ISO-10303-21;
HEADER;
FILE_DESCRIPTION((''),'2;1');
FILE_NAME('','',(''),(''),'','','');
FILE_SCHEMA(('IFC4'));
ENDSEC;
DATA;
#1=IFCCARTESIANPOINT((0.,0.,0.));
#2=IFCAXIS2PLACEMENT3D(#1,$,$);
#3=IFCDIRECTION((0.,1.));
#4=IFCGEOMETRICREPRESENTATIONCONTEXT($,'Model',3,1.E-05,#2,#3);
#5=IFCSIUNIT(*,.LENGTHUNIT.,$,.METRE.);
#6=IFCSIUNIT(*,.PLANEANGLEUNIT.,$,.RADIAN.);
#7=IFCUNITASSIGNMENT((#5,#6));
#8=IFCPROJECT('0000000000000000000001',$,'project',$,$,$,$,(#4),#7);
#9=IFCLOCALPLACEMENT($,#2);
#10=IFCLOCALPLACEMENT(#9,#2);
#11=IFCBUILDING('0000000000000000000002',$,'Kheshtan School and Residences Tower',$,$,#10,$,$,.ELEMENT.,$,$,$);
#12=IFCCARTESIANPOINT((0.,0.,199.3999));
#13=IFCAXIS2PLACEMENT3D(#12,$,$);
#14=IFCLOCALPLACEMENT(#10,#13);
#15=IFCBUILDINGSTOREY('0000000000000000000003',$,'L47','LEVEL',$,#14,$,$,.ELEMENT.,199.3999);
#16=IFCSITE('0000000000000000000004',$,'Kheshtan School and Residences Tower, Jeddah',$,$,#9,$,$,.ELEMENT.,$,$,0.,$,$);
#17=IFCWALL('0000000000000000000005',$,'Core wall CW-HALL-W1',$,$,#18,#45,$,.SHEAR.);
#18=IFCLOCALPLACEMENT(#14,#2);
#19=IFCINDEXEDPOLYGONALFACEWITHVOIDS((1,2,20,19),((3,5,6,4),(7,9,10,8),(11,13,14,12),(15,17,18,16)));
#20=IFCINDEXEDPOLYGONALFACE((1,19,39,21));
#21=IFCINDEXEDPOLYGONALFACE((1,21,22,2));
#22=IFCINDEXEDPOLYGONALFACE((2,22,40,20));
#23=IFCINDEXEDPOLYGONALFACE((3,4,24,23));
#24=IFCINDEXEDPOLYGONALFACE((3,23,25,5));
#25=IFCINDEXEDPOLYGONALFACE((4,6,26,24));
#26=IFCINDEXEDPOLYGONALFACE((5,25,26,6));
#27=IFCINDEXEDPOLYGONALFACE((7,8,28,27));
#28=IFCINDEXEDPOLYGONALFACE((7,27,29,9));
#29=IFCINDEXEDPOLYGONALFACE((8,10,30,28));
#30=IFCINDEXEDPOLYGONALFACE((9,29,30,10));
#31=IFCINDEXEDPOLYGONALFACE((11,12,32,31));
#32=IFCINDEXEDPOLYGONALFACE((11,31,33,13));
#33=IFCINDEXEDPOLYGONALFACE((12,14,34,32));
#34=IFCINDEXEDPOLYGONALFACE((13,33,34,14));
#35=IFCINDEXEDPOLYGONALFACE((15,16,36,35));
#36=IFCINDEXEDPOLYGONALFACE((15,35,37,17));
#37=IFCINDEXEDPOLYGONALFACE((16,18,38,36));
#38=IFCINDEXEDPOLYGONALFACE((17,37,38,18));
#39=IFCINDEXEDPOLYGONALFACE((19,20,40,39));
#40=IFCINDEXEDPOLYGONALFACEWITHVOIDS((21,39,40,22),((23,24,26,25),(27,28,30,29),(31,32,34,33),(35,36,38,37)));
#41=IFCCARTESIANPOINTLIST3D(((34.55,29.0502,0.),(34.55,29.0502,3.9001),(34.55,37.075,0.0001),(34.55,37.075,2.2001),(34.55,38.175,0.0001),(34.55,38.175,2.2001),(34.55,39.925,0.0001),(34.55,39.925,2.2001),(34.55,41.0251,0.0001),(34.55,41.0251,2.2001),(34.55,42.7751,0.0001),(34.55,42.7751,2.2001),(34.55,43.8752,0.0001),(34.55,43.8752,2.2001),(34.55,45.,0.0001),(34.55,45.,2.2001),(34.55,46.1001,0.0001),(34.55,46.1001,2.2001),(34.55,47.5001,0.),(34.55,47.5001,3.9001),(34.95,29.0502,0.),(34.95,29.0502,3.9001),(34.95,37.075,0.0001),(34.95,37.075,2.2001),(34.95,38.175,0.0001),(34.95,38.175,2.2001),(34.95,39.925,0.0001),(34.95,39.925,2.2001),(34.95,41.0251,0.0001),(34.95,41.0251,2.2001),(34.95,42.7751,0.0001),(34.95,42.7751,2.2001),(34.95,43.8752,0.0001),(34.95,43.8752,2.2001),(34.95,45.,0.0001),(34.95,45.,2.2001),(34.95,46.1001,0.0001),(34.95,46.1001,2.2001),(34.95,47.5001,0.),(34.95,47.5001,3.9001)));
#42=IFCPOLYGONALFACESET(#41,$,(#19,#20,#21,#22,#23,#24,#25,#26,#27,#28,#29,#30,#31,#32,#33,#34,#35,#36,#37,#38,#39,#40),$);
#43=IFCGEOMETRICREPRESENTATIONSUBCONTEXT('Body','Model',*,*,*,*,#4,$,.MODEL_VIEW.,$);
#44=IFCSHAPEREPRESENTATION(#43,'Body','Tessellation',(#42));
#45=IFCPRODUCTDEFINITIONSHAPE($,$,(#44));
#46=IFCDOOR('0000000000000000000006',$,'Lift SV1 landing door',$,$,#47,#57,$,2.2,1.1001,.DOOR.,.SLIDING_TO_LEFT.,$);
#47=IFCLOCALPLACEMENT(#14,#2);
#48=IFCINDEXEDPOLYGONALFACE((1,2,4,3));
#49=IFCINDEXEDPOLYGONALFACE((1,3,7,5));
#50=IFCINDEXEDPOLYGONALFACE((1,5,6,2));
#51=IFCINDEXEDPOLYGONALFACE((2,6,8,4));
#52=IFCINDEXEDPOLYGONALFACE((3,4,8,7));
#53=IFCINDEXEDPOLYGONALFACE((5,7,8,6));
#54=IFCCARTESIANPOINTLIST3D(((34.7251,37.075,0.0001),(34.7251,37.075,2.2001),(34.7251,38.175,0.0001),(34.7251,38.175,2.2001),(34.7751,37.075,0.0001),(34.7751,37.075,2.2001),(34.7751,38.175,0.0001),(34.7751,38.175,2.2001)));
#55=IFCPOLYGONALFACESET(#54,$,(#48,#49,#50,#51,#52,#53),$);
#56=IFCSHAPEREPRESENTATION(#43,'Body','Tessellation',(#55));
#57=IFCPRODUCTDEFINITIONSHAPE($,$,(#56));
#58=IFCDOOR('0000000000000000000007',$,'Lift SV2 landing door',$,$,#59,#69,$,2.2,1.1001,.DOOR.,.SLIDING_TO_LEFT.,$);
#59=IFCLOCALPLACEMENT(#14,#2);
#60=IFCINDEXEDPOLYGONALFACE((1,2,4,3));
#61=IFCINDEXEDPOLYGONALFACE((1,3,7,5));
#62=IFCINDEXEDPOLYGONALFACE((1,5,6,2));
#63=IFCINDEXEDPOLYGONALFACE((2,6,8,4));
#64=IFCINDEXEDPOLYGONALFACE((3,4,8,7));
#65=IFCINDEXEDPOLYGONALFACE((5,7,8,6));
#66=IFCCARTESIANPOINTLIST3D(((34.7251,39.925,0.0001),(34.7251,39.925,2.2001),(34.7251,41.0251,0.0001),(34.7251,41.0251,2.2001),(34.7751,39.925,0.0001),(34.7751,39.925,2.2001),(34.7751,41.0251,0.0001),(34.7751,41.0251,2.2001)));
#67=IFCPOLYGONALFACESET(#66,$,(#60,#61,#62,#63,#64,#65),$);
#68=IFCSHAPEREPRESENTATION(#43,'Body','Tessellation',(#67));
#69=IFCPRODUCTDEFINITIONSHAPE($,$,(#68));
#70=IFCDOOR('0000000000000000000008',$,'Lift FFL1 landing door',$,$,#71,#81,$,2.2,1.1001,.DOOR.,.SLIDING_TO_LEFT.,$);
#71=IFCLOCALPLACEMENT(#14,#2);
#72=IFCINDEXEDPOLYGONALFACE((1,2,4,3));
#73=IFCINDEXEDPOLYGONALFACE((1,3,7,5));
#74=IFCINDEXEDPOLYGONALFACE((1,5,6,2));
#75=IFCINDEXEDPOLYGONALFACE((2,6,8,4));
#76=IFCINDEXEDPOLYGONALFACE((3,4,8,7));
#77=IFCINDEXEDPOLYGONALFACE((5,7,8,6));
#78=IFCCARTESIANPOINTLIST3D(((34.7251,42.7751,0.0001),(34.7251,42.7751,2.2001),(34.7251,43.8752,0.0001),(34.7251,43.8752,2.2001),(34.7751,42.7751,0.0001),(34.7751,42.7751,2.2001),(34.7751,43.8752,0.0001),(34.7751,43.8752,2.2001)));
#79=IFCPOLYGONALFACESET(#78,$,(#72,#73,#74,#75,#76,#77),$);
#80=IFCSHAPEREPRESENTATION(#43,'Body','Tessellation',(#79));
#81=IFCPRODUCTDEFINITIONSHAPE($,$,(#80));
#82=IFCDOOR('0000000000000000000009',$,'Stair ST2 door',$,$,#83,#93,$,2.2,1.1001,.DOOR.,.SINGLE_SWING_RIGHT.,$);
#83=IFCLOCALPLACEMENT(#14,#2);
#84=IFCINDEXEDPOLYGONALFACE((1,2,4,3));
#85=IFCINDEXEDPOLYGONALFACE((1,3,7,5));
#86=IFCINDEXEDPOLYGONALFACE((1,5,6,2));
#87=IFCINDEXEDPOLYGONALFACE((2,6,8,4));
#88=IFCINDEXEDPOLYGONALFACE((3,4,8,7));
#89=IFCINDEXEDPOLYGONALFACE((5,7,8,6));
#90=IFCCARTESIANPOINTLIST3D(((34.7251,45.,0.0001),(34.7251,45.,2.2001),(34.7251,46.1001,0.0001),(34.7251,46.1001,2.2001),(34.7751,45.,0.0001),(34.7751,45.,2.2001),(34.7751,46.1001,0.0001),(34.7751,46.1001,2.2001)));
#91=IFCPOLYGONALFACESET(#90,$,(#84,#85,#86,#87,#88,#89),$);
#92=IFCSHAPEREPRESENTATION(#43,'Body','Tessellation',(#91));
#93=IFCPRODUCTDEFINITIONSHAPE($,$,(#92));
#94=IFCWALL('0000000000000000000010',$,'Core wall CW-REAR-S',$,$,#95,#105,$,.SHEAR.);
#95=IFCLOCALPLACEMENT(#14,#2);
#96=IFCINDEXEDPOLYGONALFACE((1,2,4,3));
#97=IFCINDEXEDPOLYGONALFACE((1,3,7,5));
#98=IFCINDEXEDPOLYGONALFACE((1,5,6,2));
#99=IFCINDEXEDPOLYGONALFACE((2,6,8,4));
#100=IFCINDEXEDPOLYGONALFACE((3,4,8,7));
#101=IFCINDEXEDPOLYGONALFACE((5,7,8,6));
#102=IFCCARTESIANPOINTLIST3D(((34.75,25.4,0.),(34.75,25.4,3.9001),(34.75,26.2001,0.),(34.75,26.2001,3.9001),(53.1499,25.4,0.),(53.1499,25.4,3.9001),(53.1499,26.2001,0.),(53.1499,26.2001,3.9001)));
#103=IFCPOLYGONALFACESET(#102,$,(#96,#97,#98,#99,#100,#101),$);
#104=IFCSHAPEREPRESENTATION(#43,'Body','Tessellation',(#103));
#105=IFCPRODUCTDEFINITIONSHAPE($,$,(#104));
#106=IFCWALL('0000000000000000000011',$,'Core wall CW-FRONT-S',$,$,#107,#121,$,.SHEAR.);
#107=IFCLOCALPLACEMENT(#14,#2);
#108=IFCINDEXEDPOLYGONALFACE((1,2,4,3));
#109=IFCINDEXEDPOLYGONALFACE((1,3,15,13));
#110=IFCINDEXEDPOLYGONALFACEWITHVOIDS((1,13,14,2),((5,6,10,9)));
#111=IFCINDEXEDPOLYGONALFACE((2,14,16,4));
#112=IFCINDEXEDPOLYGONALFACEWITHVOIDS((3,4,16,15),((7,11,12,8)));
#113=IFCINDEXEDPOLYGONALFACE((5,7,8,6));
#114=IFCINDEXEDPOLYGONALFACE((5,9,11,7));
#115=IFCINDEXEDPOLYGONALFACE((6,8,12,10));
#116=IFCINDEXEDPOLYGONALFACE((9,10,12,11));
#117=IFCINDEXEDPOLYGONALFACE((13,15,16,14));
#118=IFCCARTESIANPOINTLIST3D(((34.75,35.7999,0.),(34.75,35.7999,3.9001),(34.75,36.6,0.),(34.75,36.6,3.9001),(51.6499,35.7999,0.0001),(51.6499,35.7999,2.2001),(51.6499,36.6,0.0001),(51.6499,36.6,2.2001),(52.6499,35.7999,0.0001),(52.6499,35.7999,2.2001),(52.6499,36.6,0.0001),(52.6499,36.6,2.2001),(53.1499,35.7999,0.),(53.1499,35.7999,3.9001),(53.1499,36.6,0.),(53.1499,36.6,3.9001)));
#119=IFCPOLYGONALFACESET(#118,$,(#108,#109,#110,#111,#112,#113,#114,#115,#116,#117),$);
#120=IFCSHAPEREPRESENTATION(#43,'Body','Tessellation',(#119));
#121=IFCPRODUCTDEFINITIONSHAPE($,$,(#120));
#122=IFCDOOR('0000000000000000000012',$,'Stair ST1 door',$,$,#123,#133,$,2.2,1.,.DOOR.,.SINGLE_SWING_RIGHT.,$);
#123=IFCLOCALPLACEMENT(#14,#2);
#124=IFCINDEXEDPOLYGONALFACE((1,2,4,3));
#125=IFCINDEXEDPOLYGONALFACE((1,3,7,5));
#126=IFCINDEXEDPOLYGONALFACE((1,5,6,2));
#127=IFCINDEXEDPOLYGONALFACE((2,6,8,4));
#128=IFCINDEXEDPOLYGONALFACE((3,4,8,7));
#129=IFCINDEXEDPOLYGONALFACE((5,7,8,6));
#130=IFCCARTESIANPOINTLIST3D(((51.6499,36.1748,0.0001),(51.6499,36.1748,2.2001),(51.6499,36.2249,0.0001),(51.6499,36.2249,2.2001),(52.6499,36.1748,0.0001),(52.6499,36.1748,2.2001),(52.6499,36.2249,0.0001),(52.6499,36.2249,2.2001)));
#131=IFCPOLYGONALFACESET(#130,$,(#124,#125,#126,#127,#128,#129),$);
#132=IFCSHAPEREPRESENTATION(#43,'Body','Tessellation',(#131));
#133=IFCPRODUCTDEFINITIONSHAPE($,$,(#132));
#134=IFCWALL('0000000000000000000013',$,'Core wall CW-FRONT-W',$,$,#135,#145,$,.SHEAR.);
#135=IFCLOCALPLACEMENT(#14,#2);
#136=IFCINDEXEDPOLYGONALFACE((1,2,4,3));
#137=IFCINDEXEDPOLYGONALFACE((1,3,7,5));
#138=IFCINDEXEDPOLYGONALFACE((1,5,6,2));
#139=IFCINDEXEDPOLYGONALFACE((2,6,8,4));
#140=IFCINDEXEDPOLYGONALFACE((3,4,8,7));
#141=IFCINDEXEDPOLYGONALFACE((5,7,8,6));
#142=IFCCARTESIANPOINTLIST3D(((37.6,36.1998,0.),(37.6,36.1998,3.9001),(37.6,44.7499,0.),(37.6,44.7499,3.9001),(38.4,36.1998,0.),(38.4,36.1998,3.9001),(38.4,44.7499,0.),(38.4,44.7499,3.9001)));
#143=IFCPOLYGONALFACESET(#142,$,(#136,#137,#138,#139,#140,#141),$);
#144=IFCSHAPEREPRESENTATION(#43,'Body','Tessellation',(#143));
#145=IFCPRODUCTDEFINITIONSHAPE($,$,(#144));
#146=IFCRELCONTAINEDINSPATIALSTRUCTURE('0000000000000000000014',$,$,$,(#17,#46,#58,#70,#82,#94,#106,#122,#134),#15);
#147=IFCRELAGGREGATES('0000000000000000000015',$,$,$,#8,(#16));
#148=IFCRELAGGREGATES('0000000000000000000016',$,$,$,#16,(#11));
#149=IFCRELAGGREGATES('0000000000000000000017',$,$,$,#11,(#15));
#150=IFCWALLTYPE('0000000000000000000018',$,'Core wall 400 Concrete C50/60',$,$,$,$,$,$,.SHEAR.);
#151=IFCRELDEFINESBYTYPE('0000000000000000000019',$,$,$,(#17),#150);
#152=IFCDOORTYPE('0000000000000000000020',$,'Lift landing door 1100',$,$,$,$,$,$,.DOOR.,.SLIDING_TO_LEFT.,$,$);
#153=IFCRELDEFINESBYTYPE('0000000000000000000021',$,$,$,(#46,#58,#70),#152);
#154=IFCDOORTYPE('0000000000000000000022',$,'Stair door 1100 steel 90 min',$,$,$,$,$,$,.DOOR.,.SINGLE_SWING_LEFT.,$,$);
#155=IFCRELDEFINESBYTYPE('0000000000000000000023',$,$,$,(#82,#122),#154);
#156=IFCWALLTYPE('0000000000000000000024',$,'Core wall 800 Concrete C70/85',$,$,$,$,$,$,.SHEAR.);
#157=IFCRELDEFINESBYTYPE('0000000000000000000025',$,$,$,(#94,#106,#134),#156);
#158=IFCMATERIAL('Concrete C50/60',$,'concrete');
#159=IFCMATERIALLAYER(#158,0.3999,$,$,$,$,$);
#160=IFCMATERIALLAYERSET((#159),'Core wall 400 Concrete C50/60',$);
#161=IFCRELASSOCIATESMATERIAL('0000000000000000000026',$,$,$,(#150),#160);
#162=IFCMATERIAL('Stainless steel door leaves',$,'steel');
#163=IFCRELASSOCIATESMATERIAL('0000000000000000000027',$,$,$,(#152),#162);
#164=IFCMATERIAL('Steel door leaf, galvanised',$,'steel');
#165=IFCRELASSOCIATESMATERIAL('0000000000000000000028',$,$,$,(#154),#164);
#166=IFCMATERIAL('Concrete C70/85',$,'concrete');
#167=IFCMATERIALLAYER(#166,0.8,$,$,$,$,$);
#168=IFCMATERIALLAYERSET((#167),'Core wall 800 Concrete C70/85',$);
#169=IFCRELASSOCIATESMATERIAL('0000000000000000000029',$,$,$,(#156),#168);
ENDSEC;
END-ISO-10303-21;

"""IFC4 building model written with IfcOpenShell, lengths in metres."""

from ifc_helpers import new_model, si_unit, direction, frame, frame_2d, origin, place, context, subcontext, project, spatial, rectangle, extrude, source, transform, mapped, material, layer, layer_set, type_object, element, fill, save


model = new_model("IFC4")

# Units and contexts
model_context = context("Model", 3, precision=1e-05, world=origin(), true_north=direction((0.0, 1.0)))
body_context = subcontext(model_context, "Body", "Model", "MODEL_VIEW")
ifc_project = project(units=[si_unit("LENGTHUNIT", "METRE"), si_unit("PLANEANGLEUNIT", "RADIAN")], contexts=[model_context])

# Site, building, storey
site_placement = place(None, origin())
site = spatial("IfcSite", under=ifc_project, at=site_placement, Name="Kheshtan School and Residences Tower, Jeddah", CompositionType="ELEMENT", RefElevation=0.0)
building_placement = place(site_placement, origin())
building = spatial("IfcBuilding", under=site, at=building_placement, Name="Kheshtan School and Residences Tower", CompositionType="ELEMENT")
storey_placement = place(building_placement, frame((0.0, 0.0, 199.3999)))
storey = spatial("IfcBuildingStorey", under=building, at=storey_placement, Name="L47", Description="LEVEL", CompositionType="ELEMENT", Elevation=199.3999)

# Shared definitions
ifc_material_1 = material(Name="Concrete C50/60", Category="concrete")
ifc_layer_1 = layer(ifc_material_1, 0.3999)
ifc_layer_set_1 = layer_set([ifc_layer_1], Name="Core wall 400 Concrete C50/60")
wall_type_1 = type_object("IfcWallType", Name="Core wall 400 Concrete C50/60", PredefinedType="SHEAR", material=ifc_layer_set_1)
ifc_material_2 = material(Name="Stainless steel door leaves", Category="steel")
door_type_1 = type_object("IfcDoorType", Name="Lift landing door 1100", OperationType="SLIDING_TO_LEFT", PredefinedType="DOOR", material=ifc_material_2)
shared_shape_1 = source(origin(), body_context, "Body", "SweptSolid", [
    extrude(rectangle(XDim=1.1001, YDim=2.2, at=frame_2d((0.55, 1.1001))), frame((0.0, 0.0249, 0.0), z_axis=(0.0, -1.0, 0.0), x_axis=(1.0, 0.0, 0.0)), (0.0, 0.0, 1.0), 0.05),
])

# Wall, openings, doors
wall_1_placement = place(storey_placement, frame((34.75, 29.05, 0.0), z_axis=(0.0, 0.0, 1.0), x_axis=(0.0, 1.0, 0.0)))
wall_1 = element("IfcWall", 1, at=wall_1_placement, inside=storey, type_object=wall_type_1, Name="Core wall CW-HALL-W1", PredefinedType="SHEAR", context=body_context, shape_type="SweptSolid", body=[
    extrude(rectangle(XDim=18.45, YDim=0.3999, at=frame_2d((9.2251, 0.0))), origin(), (0.0, 0.0, 1.0), 3.9001),
])
opening_1_placement = place(wall_1_placement, frame((8.0249, 0.0, 0.0)))
opening_1 = element("IfcOpeningElement", 2, at=opening_1_placement, cuts=wall_1, PredefinedType="OPENING", context=body_context, shape_type="SweptSolid", body=[
    extrude(rectangle(XDim=1.1001, YDim=2.2, at=frame_2d((0.55, 1.1001))), frame((0.0, 0.21, 0.0), z_axis=(0.0, -1.0, 0.0), x_axis=(1.0, 0.0, 0.0)), (0.0, 0.0, 1.0), 0.4199),
])
opening_2_placement = place(wall_1_placement, frame((10.875, 0.0, 0.0)))
opening_2 = element("IfcOpeningElement", 3, at=opening_2_placement, cuts=wall_1, PredefinedType="OPENING", context=body_context, shape_type="SweptSolid", body=[
    extrude(rectangle(XDim=1.1001, YDim=2.2, at=frame_2d((0.55, 1.1001))), frame((0.0, 0.21, 0.0), z_axis=(0.0, -1.0, 0.0), x_axis=(1.0, 0.0, 0.0)), (0.0, 0.0, 1.0), 0.4199),
])
opening_3_placement = place(wall_1_placement, frame((13.7251, 0.0, 0.0)))
opening_3 = element("IfcOpeningElement", 4, at=opening_3_placement, cuts=wall_1, PredefinedType="OPENING", context=body_context, shape_type="SweptSolid", body=[
    extrude(rectangle(XDim=1.1001, YDim=2.2, at=frame_2d((0.55, 1.1001))), frame((0.0, 0.21, 0.0), z_axis=(0.0, -1.0, 0.0), x_axis=(1.0, 0.0, 0.0)), (0.0, 0.0, 1.0), 0.4199),
])
opening_4_placement = place(wall_1_placement, frame((15.95, 0.0, 0.0)))
opening_4 = element("IfcOpeningElement", 5, at=opening_4_placement, cuts=wall_1, PredefinedType="OPENING", context=body_context, shape_type="SweptSolid", body=[
    extrude(rectangle(XDim=1.1001, YDim=2.2, at=frame_2d((0.55, 1.1001))), frame((0.0, 0.21, 0.0), z_axis=(0.0, -1.0, 0.0), x_axis=(1.0, 0.0, 0.0)), (0.0, 0.0, 1.0), 0.4199),
])
door_1_placement = place(opening_1_placement, origin())
door_1 = element("IfcDoor", 6, at=door_1_placement, inside=storey, type_object=door_type_1, Name="Lift SV1 landing door", OperationType="SLIDING_TO_LEFT", OverallHeight=2.2, OverallWidth=1.1001, PredefinedType="DOOR", context=body_context, shape_type="MappedRepresentation", body=[
    mapped(shared_shape_1, transform((0.0, 0.0, 0.0), x_axis=(1.0, 0.0, 0.0), y_axis=(0.0, 1.0, 0.0), z_axis=(0.0, 0.0, 1.0), scale=1.0)),
])
fill(opening_1, door_1)
door_2_placement = place(opening_2_placement, origin())
door_2 = element("IfcDoor", 7, at=door_2_placement, inside=storey, type_object=door_type_1, Name="Lift SV2 landing door", OperationType="SLIDING_TO_LEFT", OverallHeight=2.2, OverallWidth=1.1001, PredefinedType="DOOR", context=body_context, shape_type="MappedRepresentation", body=[
    mapped(shared_shape_1, transform((0.0, 0.0, 0.0), x_axis=(1.0, 0.0, 0.0), y_axis=(0.0, 1.0, 0.0), z_axis=(0.0, 0.0, 1.0), scale=1.0)),
])
fill(opening_2, door_2)
door_3_placement = place(opening_3_placement, origin())
door_3 = element("IfcDoor", 8, at=door_3_placement, inside=storey, type_object=door_type_1, Name="Lift FFL1 landing door", OperationType="SLIDING_TO_LEFT", OverallHeight=2.2, OverallWidth=1.1001, PredefinedType="DOOR", context=body_context, shape_type="MappedRepresentation", body=[
    mapped(shared_shape_1, transform((0.0, 0.0, 0.0), x_axis=(1.0, 0.0, 0.0), y_axis=(0.0, 1.0, 0.0), z_axis=(0.0, 0.0, 1.0), scale=1.0)),
])
fill(opening_3, door_3)
ifc_material_3 = material(Name="Steel door leaf, galvanised", Category="steel")
door_type_2 = type_object("IfcDoorType", Name="Stair door 1100 steel 90 min", OperationType="SINGLE_SWING_LEFT", PredefinedType="DOOR", material=ifc_material_3)
shared_shape_2 = source(origin(), body_context, "Body", "SweptSolid", [
    extrude(rectangle(XDim=1.1001, YDim=2.2, at=frame_2d((0.55, 1.1001))), frame((0.0, 0.0249, 0.0), z_axis=(0.0, -1.0, 0.0), x_axis=(1.0, 0.0, 0.0)), (0.0, 0.0, 1.0), 0.05),
])
door_4_placement = place(opening_4_placement, origin())
door_4 = element("IfcDoor", 9, at=door_4_placement, inside=storey, type_object=door_type_2, Name="Stair ST2 door", OperationType="SINGLE_SWING_RIGHT", OverallHeight=2.2, OverallWidth=1.1001, PredefinedType="DOOR", context=body_context, shape_type="MappedRepresentation", body=[
    mapped(shared_shape_2, transform((0.0, 0.0, 0.0), x_axis=(1.0, 0.0, 0.0), y_axis=(0.0, 1.0, 0.0), z_axis=(0.0, 0.0, 1.0), scale=1.0)),
])
fill(opening_4, door_4)

# Wall
ifc_material_4 = material(Name="Concrete C70/85", Category="concrete")
ifc_layer_2 = layer(ifc_material_4, 0.8)
ifc_layer_set_2 = layer_set([ifc_layer_2], Name="Core wall 800 Concrete C70/85")
wall_type_2 = type_object("IfcWallType", Name="Core wall 800 Concrete C70/85", PredefinedType="SHEAR", material=ifc_layer_set_2)
wall_2_placement = place(storey_placement, frame((34.75, 25.8, 0.0), z_axis=(0.0, 0.0, 1.0), x_axis=(1.0, 0.0, 0.0)))
element("IfcWall", 10, at=wall_2_placement, inside=storey, type_object=wall_type_2, Name="Core wall CW-REAR-S", PredefinedType="SHEAR", context=body_context, shape_type="SweptSolid", body=[
    extrude(rectangle(XDim=18.3999, YDim=0.8, at=frame_2d((9.2, 0.0))), origin(), (0.0, 0.0, 1.0), 3.9001),
])

# Wall, opening, door
wall_3_placement = place(storey_placement, frame((34.75, 36.2, 0.0), z_axis=(0.0, 0.0, 1.0), x_axis=(1.0, 0.0, 0.0)))
wall_3 = element("IfcWall", 11, at=wall_3_placement, inside=storey, type_object=wall_type_2, Name="Core wall CW-FRONT-S", PredefinedType="SHEAR", context=body_context, shape_type="SweptSolid", body=[
    extrude(rectangle(XDim=18.3999, YDim=0.8, at=frame_2d((9.2, 0.0))), origin(), (0.0, 0.0, 1.0), 3.9001),
])
opening_5_placement = place(wall_3_placement, frame((16.8999, 0.0, 0.0)))
opening_5 = element("IfcOpeningElement", 12, at=opening_5_placement, cuts=wall_3, PredefinedType="OPENING", context=body_context, shape_type="SweptSolid", body=[
    extrude(rectangle(XDim=1.0, YDim=2.2, at=frame_2d((0.5, 1.1001))), frame((0.0, 0.4102, 0.0), z_axis=(0.0, -1.0, 0.0), x_axis=(1.0, 0.0, 0.0)), (0.0, 0.0, 1.0), 0.8201),
])
shared_shape_3 = source(origin(), body_context, "Body", "SweptSolid", [
    extrude(rectangle(XDim=1.0, YDim=2.2, at=frame_2d((0.5, 1.1001))), frame((0.0, 0.0249, 0.0), z_axis=(0.0, -1.0, 0.0), x_axis=(1.0, 0.0, 0.0)), (0.0, 0.0, 1.0), 0.05),
])
door_5_placement = place(opening_5_placement, origin())
door_5 = element("IfcDoor", 13, at=door_5_placement, inside=storey, type_object=door_type_2, Name="Stair ST1 door", OperationType="SINGLE_SWING_RIGHT", OverallHeight=2.2, OverallWidth=1.0, PredefinedType="DOOR", context=body_context, shape_type="MappedRepresentation", body=[
    mapped(shared_shape_3, transform((0.0, 0.0, 0.0), x_axis=(1.0, 0.0, 0.0), y_axis=(0.0, 1.0, 0.0), z_axis=(0.0, 0.0, 1.0), scale=1.0)),
])
fill(opening_5, door_5)

# Wall
wall_4_placement = place(storey_placement, frame((38.0, 36.2, 0.0), z_axis=(0.0, 0.0, 1.0), x_axis=(0.0, 1.0, 0.0)))
element("IfcWall", 14, at=wall_4_placement, inside=storey, type_object=wall_type_2, Name="Core wall CW-FRONT-W", PredefinedType="SHEAR", context=body_context, shape_type="SweptSolid", body=[
    extrude(rectangle(XDim=8.55, YDim=0.8, at=frame_2d((4.2749, 0.0))), origin(), (0.0, 0.0, 1.0), 3.9001),
])

save(model, "model.ifc")
